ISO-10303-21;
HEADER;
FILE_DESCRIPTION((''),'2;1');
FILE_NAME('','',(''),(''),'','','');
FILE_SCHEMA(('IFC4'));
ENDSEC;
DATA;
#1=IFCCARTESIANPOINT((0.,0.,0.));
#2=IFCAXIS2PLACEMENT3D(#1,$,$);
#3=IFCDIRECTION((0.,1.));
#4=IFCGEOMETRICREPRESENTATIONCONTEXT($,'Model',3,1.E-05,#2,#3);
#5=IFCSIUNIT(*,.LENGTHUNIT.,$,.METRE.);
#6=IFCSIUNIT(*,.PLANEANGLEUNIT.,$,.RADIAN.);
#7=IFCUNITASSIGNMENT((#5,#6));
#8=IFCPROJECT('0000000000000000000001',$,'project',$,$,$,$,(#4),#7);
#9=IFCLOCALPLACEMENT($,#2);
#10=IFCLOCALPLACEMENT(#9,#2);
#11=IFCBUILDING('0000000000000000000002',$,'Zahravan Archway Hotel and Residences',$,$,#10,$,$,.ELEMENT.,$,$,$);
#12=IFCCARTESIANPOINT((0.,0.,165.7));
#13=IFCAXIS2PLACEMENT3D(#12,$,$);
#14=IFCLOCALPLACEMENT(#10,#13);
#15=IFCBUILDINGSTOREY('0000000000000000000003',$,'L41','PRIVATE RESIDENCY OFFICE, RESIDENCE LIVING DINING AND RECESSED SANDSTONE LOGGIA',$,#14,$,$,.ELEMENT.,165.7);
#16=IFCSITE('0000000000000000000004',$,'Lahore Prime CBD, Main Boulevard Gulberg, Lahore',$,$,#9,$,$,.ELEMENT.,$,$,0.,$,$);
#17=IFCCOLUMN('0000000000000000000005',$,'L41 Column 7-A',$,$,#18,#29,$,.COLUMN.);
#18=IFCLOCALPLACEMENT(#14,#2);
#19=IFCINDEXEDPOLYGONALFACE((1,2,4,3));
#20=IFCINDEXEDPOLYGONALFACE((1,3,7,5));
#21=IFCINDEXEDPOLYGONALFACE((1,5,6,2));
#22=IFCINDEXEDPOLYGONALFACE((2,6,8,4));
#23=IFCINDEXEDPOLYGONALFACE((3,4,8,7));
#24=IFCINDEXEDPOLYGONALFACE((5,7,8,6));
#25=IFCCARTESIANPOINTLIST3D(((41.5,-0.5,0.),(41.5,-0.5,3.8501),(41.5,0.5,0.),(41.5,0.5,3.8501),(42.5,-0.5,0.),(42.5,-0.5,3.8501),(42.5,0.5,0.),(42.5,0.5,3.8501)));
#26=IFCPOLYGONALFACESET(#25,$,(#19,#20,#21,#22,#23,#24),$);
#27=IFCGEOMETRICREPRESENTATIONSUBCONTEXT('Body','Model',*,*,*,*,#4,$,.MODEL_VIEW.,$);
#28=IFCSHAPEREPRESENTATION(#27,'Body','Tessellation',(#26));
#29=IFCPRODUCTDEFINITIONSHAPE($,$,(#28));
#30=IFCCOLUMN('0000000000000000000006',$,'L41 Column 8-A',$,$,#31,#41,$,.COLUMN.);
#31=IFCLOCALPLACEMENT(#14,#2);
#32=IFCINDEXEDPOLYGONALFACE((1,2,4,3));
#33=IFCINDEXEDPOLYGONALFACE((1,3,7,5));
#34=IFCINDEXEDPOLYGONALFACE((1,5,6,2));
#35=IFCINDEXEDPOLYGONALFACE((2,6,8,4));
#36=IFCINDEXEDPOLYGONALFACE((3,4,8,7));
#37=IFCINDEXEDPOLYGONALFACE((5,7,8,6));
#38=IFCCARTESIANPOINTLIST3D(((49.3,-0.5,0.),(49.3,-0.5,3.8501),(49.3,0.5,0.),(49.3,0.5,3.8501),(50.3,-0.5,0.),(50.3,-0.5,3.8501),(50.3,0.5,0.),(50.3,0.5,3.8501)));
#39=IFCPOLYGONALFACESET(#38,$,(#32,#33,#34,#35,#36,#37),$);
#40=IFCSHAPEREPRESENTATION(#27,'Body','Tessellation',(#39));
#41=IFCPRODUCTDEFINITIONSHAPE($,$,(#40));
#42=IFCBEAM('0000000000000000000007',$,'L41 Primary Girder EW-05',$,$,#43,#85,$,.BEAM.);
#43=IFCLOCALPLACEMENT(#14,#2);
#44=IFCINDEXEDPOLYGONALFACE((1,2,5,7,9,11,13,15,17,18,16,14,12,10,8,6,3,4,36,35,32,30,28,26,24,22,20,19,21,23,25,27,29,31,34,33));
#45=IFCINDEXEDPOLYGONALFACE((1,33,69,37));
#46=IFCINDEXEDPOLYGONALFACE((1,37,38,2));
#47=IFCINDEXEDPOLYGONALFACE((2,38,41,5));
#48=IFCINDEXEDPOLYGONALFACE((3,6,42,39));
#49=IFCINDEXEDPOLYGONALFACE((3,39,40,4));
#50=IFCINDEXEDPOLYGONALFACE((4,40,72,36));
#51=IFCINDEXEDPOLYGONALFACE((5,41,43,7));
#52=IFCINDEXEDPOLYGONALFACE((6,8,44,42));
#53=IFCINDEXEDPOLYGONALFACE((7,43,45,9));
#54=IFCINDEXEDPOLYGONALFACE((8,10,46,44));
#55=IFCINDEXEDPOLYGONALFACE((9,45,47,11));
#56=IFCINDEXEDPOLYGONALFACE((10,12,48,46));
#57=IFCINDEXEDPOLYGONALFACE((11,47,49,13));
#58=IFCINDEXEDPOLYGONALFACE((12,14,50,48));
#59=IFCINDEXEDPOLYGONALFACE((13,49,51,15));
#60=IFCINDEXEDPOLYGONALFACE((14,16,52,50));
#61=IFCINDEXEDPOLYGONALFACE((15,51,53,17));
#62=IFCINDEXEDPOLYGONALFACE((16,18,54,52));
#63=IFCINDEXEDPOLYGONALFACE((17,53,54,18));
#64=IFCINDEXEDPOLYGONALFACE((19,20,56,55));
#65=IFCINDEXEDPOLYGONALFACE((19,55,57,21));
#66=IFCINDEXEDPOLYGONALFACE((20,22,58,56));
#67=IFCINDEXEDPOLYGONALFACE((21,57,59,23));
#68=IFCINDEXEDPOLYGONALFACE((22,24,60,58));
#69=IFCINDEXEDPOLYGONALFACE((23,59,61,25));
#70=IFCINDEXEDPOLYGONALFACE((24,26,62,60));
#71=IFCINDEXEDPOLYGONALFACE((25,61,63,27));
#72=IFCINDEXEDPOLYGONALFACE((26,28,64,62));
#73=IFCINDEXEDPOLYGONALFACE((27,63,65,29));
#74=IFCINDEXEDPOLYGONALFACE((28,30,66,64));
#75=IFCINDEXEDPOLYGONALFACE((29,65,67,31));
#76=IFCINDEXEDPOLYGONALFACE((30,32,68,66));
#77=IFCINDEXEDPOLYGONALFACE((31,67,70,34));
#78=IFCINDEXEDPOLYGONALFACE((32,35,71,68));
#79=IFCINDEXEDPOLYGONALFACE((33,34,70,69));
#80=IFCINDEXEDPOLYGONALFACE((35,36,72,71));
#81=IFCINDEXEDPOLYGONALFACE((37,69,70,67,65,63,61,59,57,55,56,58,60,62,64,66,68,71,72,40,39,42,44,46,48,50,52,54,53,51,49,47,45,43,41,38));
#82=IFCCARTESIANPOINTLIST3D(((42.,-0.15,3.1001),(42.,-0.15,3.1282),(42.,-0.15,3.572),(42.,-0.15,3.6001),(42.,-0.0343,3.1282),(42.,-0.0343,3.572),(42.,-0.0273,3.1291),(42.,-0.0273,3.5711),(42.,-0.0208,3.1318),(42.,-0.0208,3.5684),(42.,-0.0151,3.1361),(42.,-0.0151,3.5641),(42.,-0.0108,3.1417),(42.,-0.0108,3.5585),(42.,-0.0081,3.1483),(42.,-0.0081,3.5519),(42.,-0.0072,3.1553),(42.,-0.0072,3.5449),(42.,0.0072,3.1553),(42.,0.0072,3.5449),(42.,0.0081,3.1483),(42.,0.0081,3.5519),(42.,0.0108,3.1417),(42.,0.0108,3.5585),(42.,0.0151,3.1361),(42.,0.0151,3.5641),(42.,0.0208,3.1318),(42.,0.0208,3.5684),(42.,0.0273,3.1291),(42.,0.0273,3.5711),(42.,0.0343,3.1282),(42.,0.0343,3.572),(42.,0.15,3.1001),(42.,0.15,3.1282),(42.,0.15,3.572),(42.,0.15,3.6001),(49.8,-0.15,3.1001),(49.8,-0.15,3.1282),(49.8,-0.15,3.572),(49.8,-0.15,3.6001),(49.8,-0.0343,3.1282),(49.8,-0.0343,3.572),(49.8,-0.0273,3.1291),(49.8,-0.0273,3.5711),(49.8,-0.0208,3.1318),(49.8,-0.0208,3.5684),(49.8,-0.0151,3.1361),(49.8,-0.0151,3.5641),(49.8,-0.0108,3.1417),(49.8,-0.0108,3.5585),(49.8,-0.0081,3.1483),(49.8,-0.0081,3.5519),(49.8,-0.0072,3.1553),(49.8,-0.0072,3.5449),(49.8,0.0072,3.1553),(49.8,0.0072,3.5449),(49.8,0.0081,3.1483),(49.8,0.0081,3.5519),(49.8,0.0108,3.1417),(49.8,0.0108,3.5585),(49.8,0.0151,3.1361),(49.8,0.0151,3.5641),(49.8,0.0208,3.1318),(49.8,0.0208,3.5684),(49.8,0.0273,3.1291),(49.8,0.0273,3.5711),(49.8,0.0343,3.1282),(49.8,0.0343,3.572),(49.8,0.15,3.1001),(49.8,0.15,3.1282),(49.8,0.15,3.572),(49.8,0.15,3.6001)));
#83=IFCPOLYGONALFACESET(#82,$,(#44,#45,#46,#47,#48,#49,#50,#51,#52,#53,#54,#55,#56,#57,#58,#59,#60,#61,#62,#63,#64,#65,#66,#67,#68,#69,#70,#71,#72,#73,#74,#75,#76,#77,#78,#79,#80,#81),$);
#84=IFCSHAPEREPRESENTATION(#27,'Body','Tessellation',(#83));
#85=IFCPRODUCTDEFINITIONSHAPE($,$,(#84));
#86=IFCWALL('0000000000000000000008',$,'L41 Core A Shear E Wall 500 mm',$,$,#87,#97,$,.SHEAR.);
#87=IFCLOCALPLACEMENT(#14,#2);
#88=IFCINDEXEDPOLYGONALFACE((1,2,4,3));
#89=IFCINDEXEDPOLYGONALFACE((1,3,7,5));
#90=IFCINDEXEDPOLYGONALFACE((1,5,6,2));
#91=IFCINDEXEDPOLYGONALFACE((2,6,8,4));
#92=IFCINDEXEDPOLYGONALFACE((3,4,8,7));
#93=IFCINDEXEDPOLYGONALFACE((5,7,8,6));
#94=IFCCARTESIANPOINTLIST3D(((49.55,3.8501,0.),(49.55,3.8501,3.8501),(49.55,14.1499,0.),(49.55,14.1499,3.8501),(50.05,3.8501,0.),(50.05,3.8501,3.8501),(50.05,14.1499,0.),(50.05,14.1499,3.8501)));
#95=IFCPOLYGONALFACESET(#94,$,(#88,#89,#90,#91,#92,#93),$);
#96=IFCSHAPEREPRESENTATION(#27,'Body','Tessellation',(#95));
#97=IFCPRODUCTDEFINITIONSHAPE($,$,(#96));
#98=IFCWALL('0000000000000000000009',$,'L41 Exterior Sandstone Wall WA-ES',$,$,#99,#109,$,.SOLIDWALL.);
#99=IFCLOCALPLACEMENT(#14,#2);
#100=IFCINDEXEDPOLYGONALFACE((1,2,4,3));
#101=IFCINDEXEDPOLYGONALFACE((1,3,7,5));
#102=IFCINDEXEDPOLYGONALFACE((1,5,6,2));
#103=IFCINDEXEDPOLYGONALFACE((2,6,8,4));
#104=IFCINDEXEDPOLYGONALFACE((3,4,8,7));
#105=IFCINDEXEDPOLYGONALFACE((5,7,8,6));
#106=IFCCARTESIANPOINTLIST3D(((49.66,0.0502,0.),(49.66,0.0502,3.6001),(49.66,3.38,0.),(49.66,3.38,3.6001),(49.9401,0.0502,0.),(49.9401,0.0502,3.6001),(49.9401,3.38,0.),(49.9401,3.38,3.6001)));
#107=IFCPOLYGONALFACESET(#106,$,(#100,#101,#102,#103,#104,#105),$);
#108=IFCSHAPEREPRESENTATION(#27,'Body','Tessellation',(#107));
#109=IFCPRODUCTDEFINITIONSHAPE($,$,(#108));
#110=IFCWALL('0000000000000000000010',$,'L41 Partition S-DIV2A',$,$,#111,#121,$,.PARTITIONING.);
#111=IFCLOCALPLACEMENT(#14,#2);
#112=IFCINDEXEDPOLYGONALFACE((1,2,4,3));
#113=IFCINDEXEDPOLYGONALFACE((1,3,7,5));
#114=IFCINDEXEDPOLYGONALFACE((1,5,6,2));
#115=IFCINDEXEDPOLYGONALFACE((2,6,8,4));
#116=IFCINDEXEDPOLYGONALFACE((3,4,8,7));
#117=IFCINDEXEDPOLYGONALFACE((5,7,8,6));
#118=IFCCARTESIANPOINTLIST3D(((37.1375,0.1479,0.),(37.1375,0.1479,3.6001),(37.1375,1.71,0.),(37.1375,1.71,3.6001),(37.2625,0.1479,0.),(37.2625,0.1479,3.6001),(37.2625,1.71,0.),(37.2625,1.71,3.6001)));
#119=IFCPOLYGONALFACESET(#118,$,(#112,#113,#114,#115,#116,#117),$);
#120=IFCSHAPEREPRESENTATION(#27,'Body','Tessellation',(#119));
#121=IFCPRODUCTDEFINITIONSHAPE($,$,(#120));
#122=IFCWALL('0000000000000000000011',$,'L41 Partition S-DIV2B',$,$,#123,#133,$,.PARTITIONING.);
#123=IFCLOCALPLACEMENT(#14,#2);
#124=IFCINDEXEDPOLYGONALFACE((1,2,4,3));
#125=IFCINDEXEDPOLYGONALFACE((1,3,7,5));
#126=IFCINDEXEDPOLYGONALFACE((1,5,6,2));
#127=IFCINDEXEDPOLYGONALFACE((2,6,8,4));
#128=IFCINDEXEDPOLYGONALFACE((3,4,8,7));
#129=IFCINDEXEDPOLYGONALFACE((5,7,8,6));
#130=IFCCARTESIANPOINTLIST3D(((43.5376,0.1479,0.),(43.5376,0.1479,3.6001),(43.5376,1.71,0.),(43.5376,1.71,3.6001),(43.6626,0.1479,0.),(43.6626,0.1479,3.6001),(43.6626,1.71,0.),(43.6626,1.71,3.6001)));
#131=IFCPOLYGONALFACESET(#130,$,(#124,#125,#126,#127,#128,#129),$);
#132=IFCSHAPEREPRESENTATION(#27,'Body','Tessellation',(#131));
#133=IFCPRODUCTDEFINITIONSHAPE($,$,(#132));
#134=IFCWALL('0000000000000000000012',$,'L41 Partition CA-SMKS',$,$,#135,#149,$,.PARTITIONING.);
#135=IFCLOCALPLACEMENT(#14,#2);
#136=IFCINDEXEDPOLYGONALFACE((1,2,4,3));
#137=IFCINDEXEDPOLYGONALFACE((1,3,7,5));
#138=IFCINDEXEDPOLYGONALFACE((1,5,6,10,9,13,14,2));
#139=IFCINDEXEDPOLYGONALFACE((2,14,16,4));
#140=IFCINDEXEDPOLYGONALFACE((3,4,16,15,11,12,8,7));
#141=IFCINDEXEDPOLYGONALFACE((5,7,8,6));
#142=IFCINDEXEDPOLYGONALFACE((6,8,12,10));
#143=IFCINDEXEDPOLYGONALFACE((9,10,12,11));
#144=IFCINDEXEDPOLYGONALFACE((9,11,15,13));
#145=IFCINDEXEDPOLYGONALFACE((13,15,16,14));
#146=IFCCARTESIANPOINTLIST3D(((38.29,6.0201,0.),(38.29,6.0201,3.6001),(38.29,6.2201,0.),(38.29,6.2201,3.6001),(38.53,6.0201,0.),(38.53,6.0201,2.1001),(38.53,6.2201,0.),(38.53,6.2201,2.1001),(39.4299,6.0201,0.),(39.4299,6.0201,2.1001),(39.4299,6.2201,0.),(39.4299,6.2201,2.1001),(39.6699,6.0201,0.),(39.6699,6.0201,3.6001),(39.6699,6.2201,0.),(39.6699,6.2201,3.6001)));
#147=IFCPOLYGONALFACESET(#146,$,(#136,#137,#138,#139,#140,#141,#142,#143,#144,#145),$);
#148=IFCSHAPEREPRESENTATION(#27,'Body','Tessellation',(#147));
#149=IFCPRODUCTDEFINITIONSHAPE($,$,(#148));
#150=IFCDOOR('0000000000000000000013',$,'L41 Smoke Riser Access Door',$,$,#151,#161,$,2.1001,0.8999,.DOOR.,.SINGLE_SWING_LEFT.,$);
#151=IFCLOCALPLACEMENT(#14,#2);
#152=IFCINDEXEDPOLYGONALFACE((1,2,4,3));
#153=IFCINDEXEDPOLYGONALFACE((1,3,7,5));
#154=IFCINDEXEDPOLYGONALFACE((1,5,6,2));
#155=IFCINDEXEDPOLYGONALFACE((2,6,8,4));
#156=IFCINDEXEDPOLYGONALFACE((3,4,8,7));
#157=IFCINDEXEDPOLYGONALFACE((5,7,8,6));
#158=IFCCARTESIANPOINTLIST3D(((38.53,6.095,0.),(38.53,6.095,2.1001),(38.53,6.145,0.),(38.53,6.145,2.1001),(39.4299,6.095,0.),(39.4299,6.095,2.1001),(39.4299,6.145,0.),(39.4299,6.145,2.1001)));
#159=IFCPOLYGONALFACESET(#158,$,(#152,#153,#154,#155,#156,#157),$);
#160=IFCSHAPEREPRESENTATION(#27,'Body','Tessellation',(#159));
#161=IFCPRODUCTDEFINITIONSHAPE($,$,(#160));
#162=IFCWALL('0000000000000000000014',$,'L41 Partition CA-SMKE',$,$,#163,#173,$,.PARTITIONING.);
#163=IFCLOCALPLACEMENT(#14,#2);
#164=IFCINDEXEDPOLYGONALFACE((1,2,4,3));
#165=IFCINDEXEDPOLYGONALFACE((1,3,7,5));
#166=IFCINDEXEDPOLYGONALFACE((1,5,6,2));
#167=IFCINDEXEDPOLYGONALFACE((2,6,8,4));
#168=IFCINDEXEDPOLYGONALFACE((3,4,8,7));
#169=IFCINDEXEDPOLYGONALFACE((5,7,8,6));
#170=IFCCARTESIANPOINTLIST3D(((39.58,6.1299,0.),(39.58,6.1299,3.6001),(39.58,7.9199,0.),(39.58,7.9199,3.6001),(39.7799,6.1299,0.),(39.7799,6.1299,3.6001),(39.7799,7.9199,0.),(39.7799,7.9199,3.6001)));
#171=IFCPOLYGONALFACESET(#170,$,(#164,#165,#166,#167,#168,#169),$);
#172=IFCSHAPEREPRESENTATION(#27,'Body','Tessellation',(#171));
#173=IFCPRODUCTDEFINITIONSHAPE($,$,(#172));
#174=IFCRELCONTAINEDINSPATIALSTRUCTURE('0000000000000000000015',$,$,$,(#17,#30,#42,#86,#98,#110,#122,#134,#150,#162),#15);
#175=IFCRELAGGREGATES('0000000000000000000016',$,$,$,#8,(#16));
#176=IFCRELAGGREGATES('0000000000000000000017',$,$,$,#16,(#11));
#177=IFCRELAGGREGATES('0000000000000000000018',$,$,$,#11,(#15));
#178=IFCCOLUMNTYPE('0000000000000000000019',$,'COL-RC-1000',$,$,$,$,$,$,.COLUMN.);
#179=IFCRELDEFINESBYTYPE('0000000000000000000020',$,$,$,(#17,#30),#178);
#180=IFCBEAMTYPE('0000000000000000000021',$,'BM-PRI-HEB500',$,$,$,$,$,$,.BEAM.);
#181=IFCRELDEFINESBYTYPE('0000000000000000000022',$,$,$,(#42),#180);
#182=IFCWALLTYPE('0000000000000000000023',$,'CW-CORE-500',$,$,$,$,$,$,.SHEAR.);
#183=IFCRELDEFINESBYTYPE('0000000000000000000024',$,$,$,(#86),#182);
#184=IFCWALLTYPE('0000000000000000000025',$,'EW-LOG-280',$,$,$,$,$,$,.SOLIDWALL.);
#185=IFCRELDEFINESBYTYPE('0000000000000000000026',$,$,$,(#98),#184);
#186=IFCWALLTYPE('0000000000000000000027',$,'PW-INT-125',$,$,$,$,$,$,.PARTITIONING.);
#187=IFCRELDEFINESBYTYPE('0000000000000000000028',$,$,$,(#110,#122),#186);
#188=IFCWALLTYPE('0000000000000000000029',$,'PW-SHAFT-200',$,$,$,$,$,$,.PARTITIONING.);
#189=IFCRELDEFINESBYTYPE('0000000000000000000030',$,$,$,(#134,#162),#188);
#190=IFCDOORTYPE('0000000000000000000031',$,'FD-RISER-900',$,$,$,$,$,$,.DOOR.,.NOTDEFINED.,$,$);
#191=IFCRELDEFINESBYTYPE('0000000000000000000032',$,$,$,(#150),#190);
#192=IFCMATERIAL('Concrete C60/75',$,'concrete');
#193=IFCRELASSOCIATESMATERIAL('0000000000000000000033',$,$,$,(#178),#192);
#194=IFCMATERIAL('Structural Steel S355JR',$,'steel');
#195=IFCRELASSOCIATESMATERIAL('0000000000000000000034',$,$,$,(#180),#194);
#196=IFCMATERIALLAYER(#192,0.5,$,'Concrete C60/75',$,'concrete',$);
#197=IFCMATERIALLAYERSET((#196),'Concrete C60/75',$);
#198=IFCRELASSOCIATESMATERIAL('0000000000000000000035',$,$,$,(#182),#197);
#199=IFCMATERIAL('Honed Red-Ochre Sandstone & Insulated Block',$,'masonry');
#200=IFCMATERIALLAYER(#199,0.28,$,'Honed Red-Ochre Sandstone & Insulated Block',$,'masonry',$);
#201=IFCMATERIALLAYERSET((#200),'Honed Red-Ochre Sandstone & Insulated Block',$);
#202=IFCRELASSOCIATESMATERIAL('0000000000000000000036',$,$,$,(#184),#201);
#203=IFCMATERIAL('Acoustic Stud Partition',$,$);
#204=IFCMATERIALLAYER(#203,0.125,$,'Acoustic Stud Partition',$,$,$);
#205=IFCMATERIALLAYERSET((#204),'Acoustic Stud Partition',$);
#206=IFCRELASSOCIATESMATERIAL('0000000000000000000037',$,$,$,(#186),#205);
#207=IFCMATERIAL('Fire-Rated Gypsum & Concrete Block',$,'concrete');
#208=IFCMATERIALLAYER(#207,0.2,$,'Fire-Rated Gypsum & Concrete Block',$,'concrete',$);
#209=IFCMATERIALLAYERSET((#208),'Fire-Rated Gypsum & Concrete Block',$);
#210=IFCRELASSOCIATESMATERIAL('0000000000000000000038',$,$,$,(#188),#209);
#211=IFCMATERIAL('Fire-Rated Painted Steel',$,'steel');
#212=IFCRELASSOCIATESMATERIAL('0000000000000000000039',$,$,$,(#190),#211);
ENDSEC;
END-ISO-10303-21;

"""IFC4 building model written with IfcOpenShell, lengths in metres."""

from ifc_helpers import new_model, si_unit, direction, frame, frame_2d, origin, origin_2d, place, context, subcontext, project, spatial, rectangle, i_section, extrude, source, transform, mapped, material, layer, layer_set, material_profile, profile_set, type_object, type_shapes, element, fill, save


model = new_model("IFC4")

# Units and contexts
model_context = context("Model", 3, precision=1e-05, world=origin(), true_north=direction((0.0, 1.0)))
body_context = subcontext(model_context, "Body", "Model", "MODEL_VIEW")
ifc_project = project(units=[si_unit("LENGTHUNIT", "METRE"), si_unit("PLANEANGLEUNIT", "RADIAN")], contexts=[model_context])

# Site, building, storey
site_placement = place(None, origin())
site = spatial("IfcSite", under=ifc_project, at=site_placement, Name="Lahore Prime CBD, Main Boulevard Gulberg, Lahore", CompositionType="ELEMENT", RefElevation=0.0)
building_placement = place(site_placement, origin())
building = spatial("IfcBuilding", under=site, at=building_placement, Name="Zahravan Archway Hotel and Residences", CompositionType="ELEMENT")
storey_placement = place(building_placement, frame((0.0, 0.0, 165.7)))
storey = spatial("IfcBuildingStorey", under=building, at=storey_placement, Name="L41", Description="PRIVATE RESIDENCY OFFICE, RESIDENCE LIVING DINING AND RECESSED SANDSTONE LOGGIA", CompositionType="ELEMENT", Elevation=165.7)

# Columns
ifc_material_1 = material(Name="Concrete C60/75", Category="concrete")
ifc_material_profile_1 = material_profile(ifc_material_1, rectangle(XDim=1.0, YDim=1.0, at=origin_2d()), Name="RC-COL-1000x1000", Category="concrete")
ifc_profile_set_1 = profile_set([ifc_material_profile_1], Name="Concrete C60/75")
column_type = type_object("IfcColumnType", Name="COL-RC-1000", PredefinedType="COLUMN", material=ifc_profile_set_1)
shared_shape_1 = source(origin(), body_context, "Body", "SweptSolid", [
    extrude(rectangle(XDim=1.0, YDim=1.0, at=origin_2d()), origin(), (0.0, 0.0, 1.0), 3.8501),
])
for number, where, z_axis, x_axis, name in (
    (1, (42.0, 0.0, 0.0), (0.0, 0.0, 1.0), (1.0, 0.0, 0.0), "L41 Column 7-A"),
    (2, (49.8, 0.0, 0.0), (0.0, 0.0, 1.0), (1.0, 0.0, 0.0), "L41 Column 8-A"),
):
    element("IfcColumn", number, at=place(storey_placement, frame(where, z_axis=z_axis, x_axis=x_axis)), inside=storey, type_object=column_type, Name=name, PredefinedType="COLUMN", context=body_context, shape_type="MappedRepresentation", body=[
        mapped(shared_shape_1, transform((0.0, 0.0, 0.0), scale=1.0)),
    ])

# Beam
ifc_material_2 = material(Name="Structural Steel S355JR", Category="steel")
ifc_material_profile_2 = material_profile(ifc_material_2, i_section(OverallWidth=0.3, OverallDepth=0.5, WebThickness=0.0144, FlangeThickness=0.0281, FilletRadius=0.0271, at=origin_2d()), Name="HEB 500", Category="steel")
ifc_profile_set_2 = profile_set([ifc_material_profile_2], Name="Structural Steel S355JR")
beam_type = type_object("IfcBeamType", Name="BM-PRI-HEB500", PredefinedType="BEAM", material=ifc_profile_set_2)
shared_shape_2 = source(origin(), body_context, "Body", "SweptSolid", [
    extrude(i_section(OverallWidth=0.3, OverallDepth=0.5, WebThickness=0.0144, FlangeThickness=0.0281, FilletRadius=0.0271, at=origin_2d()), origin(), (0.0, 0.0, 1.0), 7.8),
])
beam_placement = place(storey_placement, frame((42.0, 0.0, 3.3501), z_axis=(1.0, 0.0, 0.0), x_axis=(0.0, 1.0, 0.0)))
element("IfcBeam", 3, at=beam_placement, inside=storey, type_object=beam_type, Name="L41 Primary Girder EW-05", PredefinedType="BEAM", context=body_context, shape_type="MappedRepresentation", body=[
    mapped(shared_shape_2, transform((0.0, 0.0, 0.0), scale=1.0)),
])

# Walls
ifc_layer_1 = layer(ifc_material_1, 0.5, Name="Concrete C60/75", Category="concrete")
ifc_layer_set_1 = layer_set([ifc_layer_1], Name="Concrete C60/75")
wall_type_1 = type_object("IfcWallType", Name="CW-CORE-500", PredefinedType="SHEAR", material=ifc_layer_set_1)
wall_1_placement = place(storey_placement, frame((49.8, 3.8501, 0.0), z_axis=(0.0, 0.0, 1.0), x_axis=(0.0, 1.0, 0.0)))
element("IfcWall", 4, at=wall_1_placement, inside=storey, type_object=wall_type_1, Name="L41 Core A Shear E Wall 500 mm", PredefinedType="SHEAR", context=body_context, shape_type="SweptSolid", body=[
    extrude(rectangle(XDim=10.2998, YDim=0.5, at=frame_2d((5.1499, 0.0))), origin(), (0.0, 0.0, 1.0), 3.8501),
])
ifc_material_3 = material(Name="Honed Red-Ochre Sandstone & Insulated Block", Category="masonry")
ifc_layer_2 = layer(ifc_material_3, 0.28, Name="Honed Red-Ochre Sandstone & Insulated Block", Category="masonry")
ifc_layer_set_2 = layer_set([ifc_layer_2], Name="Honed Red-Ochre Sandstone & Insulated Block")
wall_type_2 = type_object("IfcWallType", Name="EW-LOG-280", PredefinedType="SOLIDWALL", material=ifc_layer_set_2)
wall_2_placement = place(storey_placement, frame((49.8, 0.05, 0.0), z_axis=(0.0, 0.0, 1.0), x_axis=(0.0, 1.0, 0.0)))
element("IfcWall", 5, at=wall_2_placement, inside=storey, type_object=wall_type_2, Name="L41 Exterior Sandstone Wall WA-ES", PredefinedType="SOLIDWALL", context=body_context, shape_type="SweptSolid", body=[
    extrude(rectangle(XDim=3.3298, YDim=0.28, at=frame_2d((1.665, 0.0))), origin(), (0.0, 0.0, 1.0), 3.6001),
])
ifc_material_4 = material(Name="Acoustic Stud Partition")
ifc_layer_3 = layer(ifc_material_4, 0.125, Name="Acoustic Stud Partition")
ifc_layer_set_3 = layer_set([ifc_layer_3], Name="Acoustic Stud Partition")
wall_type_3 = type_object("IfcWallType", Name="PW-INT-125", PredefinedType="PARTITIONING", material=ifc_layer_set_3)
for number, where, z_axis, x_axis, name in (
    (6, (37.2, 0.1479, 0.0), (0.0, 0.0, 1.0), (0.0, 1.0, 0.0), "L41 Partition S-DIV2A"),
    (7, (43.6001, 0.1479, 0.0), (0.0, 0.0, 1.0), (0.0, 1.0, 0.0), "L41 Partition S-DIV2B"),
):
    element("IfcWall", number, at=place(storey_placement, frame(where, z_axis=z_axis, x_axis=x_axis)), inside=storey, type_object=wall_type_3, Name=name, PredefinedType="PARTITIONING", context=body_context, shape_type="SweptSolid", body=[
        extrude(rectangle(XDim=1.562, YDim=0.125, at=frame_2d((0.781, 0.0))), origin(), (0.0, 0.0, 1.0), 3.6001),
    ])

# Wall, opening, door
ifc_material_5 = material(Name="Fire-Rated Gypsum & Concrete Block", Category="concrete")
ifc_layer_4 = layer(ifc_material_5, 0.2, Name="Fire-Rated Gypsum & Concrete Block", Category="concrete")
ifc_layer_set_4 = layer_set([ifc_layer_4], Name="Fire-Rated Gypsum & Concrete Block")
wall_type_4 = type_object("IfcWallType", Name="PW-SHAFT-200", PredefinedType="PARTITIONING", material=ifc_layer_set_4)
wall_3_placement = place(storey_placement, frame((38.29, 6.1201, 0.0), z_axis=(0.0, 0.0, 1.0), x_axis=(1.0, 0.0, 0.0)))
wall_3 = element("IfcWall", 8, at=wall_3_placement, inside=storey, type_object=wall_type_4, Name="L41 Partition CA-SMKS", PredefinedType="PARTITIONING", context=body_context, shape_type="SweptSolid", body=[
    extrude(rectangle(XDim=1.3799, YDim=0.2, at=frame_2d((0.6899, 0.0))), origin(), (0.0, 0.0, 1.0), 3.6001),
])
opening_1_placement = place(wall_3_placement, frame((0.24, 0.0, 0.0)))
opening_1 = element("IfcOpeningElement", 9, at=opening_1_placement, cuts=wall_3, PredefinedType="OPENING", context=body_context, shape_type="SweptSolid", body=[
    extrude(rectangle(XDim=0.8999, YDim=2.1001, at=frame_2d((0.45, 1.05))), frame((0.0, 0.1099, 0.0), z_axis=(0.0, -1.0, 0.0), x_axis=(1.0, 0.0, 0.0)), (0.0, 0.0, 1.0), 0.22),
])
ifc_material_6 = material(Name="Fire-Rated Painted Steel", Category="steel")
door_type = type_object("IfcDoorType", Name="FD-RISER-900", OperationType="NOTDEFINED", PredefinedType="DOOR", material=ifc_material_6)
shared_shape_3 = source(origin(), body_context, "Body", "SweptSolid", [
    extrude(rectangle(XDim=0.8999, YDim=2.1001, at=frame_2d((0.45, 1.05))), frame((0.0, 0.0249, 0.0), z_axis=(0.0, -1.0, 0.0), x_axis=(1.0, 0.0, 0.0)), (0.0, 0.0, 1.0), 0.05),
])
type_shapes(door_type, [shared_shape_3])
door_1_placement = place(opening_1_placement, origin())
door_1 = element("IfcDoor", 10, at=door_1_placement, inside=storey, type_object=door_type, Name="L41 Smoke Riser Access Door", OperationType="SINGLE_SWING_LEFT", OverallHeight=2.1001, OverallWidth=0.8999, PredefinedType="DOOR", context=body_context, shape_type="MappedRepresentation", body=[
    mapped(shared_shape_3, transform((0.0, 0.0, 0.0), scale=1.0)),
])
fill(opening_1, door_1)

# Wall
wall_4_placement = place(storey_placement, frame((39.6799, 6.1299, 0.0), z_axis=(0.0, 0.0, 1.0), x_axis=(0.0, 1.0, 0.0)))
element("IfcWall", 11, at=wall_4_placement, inside=storey, type_object=wall_type_4, Name="L41 Partition CA-SMKE", PredefinedType="PARTITIONING", context=body_context, shape_type="SweptSolid", body=[
    extrude(rectangle(XDim=1.79, YDim=0.2, at=frame_2d((0.895, 0.0))), origin(), (0.0, 0.0, 1.0), 3.6001),
])

save(model, "model.ifc")
